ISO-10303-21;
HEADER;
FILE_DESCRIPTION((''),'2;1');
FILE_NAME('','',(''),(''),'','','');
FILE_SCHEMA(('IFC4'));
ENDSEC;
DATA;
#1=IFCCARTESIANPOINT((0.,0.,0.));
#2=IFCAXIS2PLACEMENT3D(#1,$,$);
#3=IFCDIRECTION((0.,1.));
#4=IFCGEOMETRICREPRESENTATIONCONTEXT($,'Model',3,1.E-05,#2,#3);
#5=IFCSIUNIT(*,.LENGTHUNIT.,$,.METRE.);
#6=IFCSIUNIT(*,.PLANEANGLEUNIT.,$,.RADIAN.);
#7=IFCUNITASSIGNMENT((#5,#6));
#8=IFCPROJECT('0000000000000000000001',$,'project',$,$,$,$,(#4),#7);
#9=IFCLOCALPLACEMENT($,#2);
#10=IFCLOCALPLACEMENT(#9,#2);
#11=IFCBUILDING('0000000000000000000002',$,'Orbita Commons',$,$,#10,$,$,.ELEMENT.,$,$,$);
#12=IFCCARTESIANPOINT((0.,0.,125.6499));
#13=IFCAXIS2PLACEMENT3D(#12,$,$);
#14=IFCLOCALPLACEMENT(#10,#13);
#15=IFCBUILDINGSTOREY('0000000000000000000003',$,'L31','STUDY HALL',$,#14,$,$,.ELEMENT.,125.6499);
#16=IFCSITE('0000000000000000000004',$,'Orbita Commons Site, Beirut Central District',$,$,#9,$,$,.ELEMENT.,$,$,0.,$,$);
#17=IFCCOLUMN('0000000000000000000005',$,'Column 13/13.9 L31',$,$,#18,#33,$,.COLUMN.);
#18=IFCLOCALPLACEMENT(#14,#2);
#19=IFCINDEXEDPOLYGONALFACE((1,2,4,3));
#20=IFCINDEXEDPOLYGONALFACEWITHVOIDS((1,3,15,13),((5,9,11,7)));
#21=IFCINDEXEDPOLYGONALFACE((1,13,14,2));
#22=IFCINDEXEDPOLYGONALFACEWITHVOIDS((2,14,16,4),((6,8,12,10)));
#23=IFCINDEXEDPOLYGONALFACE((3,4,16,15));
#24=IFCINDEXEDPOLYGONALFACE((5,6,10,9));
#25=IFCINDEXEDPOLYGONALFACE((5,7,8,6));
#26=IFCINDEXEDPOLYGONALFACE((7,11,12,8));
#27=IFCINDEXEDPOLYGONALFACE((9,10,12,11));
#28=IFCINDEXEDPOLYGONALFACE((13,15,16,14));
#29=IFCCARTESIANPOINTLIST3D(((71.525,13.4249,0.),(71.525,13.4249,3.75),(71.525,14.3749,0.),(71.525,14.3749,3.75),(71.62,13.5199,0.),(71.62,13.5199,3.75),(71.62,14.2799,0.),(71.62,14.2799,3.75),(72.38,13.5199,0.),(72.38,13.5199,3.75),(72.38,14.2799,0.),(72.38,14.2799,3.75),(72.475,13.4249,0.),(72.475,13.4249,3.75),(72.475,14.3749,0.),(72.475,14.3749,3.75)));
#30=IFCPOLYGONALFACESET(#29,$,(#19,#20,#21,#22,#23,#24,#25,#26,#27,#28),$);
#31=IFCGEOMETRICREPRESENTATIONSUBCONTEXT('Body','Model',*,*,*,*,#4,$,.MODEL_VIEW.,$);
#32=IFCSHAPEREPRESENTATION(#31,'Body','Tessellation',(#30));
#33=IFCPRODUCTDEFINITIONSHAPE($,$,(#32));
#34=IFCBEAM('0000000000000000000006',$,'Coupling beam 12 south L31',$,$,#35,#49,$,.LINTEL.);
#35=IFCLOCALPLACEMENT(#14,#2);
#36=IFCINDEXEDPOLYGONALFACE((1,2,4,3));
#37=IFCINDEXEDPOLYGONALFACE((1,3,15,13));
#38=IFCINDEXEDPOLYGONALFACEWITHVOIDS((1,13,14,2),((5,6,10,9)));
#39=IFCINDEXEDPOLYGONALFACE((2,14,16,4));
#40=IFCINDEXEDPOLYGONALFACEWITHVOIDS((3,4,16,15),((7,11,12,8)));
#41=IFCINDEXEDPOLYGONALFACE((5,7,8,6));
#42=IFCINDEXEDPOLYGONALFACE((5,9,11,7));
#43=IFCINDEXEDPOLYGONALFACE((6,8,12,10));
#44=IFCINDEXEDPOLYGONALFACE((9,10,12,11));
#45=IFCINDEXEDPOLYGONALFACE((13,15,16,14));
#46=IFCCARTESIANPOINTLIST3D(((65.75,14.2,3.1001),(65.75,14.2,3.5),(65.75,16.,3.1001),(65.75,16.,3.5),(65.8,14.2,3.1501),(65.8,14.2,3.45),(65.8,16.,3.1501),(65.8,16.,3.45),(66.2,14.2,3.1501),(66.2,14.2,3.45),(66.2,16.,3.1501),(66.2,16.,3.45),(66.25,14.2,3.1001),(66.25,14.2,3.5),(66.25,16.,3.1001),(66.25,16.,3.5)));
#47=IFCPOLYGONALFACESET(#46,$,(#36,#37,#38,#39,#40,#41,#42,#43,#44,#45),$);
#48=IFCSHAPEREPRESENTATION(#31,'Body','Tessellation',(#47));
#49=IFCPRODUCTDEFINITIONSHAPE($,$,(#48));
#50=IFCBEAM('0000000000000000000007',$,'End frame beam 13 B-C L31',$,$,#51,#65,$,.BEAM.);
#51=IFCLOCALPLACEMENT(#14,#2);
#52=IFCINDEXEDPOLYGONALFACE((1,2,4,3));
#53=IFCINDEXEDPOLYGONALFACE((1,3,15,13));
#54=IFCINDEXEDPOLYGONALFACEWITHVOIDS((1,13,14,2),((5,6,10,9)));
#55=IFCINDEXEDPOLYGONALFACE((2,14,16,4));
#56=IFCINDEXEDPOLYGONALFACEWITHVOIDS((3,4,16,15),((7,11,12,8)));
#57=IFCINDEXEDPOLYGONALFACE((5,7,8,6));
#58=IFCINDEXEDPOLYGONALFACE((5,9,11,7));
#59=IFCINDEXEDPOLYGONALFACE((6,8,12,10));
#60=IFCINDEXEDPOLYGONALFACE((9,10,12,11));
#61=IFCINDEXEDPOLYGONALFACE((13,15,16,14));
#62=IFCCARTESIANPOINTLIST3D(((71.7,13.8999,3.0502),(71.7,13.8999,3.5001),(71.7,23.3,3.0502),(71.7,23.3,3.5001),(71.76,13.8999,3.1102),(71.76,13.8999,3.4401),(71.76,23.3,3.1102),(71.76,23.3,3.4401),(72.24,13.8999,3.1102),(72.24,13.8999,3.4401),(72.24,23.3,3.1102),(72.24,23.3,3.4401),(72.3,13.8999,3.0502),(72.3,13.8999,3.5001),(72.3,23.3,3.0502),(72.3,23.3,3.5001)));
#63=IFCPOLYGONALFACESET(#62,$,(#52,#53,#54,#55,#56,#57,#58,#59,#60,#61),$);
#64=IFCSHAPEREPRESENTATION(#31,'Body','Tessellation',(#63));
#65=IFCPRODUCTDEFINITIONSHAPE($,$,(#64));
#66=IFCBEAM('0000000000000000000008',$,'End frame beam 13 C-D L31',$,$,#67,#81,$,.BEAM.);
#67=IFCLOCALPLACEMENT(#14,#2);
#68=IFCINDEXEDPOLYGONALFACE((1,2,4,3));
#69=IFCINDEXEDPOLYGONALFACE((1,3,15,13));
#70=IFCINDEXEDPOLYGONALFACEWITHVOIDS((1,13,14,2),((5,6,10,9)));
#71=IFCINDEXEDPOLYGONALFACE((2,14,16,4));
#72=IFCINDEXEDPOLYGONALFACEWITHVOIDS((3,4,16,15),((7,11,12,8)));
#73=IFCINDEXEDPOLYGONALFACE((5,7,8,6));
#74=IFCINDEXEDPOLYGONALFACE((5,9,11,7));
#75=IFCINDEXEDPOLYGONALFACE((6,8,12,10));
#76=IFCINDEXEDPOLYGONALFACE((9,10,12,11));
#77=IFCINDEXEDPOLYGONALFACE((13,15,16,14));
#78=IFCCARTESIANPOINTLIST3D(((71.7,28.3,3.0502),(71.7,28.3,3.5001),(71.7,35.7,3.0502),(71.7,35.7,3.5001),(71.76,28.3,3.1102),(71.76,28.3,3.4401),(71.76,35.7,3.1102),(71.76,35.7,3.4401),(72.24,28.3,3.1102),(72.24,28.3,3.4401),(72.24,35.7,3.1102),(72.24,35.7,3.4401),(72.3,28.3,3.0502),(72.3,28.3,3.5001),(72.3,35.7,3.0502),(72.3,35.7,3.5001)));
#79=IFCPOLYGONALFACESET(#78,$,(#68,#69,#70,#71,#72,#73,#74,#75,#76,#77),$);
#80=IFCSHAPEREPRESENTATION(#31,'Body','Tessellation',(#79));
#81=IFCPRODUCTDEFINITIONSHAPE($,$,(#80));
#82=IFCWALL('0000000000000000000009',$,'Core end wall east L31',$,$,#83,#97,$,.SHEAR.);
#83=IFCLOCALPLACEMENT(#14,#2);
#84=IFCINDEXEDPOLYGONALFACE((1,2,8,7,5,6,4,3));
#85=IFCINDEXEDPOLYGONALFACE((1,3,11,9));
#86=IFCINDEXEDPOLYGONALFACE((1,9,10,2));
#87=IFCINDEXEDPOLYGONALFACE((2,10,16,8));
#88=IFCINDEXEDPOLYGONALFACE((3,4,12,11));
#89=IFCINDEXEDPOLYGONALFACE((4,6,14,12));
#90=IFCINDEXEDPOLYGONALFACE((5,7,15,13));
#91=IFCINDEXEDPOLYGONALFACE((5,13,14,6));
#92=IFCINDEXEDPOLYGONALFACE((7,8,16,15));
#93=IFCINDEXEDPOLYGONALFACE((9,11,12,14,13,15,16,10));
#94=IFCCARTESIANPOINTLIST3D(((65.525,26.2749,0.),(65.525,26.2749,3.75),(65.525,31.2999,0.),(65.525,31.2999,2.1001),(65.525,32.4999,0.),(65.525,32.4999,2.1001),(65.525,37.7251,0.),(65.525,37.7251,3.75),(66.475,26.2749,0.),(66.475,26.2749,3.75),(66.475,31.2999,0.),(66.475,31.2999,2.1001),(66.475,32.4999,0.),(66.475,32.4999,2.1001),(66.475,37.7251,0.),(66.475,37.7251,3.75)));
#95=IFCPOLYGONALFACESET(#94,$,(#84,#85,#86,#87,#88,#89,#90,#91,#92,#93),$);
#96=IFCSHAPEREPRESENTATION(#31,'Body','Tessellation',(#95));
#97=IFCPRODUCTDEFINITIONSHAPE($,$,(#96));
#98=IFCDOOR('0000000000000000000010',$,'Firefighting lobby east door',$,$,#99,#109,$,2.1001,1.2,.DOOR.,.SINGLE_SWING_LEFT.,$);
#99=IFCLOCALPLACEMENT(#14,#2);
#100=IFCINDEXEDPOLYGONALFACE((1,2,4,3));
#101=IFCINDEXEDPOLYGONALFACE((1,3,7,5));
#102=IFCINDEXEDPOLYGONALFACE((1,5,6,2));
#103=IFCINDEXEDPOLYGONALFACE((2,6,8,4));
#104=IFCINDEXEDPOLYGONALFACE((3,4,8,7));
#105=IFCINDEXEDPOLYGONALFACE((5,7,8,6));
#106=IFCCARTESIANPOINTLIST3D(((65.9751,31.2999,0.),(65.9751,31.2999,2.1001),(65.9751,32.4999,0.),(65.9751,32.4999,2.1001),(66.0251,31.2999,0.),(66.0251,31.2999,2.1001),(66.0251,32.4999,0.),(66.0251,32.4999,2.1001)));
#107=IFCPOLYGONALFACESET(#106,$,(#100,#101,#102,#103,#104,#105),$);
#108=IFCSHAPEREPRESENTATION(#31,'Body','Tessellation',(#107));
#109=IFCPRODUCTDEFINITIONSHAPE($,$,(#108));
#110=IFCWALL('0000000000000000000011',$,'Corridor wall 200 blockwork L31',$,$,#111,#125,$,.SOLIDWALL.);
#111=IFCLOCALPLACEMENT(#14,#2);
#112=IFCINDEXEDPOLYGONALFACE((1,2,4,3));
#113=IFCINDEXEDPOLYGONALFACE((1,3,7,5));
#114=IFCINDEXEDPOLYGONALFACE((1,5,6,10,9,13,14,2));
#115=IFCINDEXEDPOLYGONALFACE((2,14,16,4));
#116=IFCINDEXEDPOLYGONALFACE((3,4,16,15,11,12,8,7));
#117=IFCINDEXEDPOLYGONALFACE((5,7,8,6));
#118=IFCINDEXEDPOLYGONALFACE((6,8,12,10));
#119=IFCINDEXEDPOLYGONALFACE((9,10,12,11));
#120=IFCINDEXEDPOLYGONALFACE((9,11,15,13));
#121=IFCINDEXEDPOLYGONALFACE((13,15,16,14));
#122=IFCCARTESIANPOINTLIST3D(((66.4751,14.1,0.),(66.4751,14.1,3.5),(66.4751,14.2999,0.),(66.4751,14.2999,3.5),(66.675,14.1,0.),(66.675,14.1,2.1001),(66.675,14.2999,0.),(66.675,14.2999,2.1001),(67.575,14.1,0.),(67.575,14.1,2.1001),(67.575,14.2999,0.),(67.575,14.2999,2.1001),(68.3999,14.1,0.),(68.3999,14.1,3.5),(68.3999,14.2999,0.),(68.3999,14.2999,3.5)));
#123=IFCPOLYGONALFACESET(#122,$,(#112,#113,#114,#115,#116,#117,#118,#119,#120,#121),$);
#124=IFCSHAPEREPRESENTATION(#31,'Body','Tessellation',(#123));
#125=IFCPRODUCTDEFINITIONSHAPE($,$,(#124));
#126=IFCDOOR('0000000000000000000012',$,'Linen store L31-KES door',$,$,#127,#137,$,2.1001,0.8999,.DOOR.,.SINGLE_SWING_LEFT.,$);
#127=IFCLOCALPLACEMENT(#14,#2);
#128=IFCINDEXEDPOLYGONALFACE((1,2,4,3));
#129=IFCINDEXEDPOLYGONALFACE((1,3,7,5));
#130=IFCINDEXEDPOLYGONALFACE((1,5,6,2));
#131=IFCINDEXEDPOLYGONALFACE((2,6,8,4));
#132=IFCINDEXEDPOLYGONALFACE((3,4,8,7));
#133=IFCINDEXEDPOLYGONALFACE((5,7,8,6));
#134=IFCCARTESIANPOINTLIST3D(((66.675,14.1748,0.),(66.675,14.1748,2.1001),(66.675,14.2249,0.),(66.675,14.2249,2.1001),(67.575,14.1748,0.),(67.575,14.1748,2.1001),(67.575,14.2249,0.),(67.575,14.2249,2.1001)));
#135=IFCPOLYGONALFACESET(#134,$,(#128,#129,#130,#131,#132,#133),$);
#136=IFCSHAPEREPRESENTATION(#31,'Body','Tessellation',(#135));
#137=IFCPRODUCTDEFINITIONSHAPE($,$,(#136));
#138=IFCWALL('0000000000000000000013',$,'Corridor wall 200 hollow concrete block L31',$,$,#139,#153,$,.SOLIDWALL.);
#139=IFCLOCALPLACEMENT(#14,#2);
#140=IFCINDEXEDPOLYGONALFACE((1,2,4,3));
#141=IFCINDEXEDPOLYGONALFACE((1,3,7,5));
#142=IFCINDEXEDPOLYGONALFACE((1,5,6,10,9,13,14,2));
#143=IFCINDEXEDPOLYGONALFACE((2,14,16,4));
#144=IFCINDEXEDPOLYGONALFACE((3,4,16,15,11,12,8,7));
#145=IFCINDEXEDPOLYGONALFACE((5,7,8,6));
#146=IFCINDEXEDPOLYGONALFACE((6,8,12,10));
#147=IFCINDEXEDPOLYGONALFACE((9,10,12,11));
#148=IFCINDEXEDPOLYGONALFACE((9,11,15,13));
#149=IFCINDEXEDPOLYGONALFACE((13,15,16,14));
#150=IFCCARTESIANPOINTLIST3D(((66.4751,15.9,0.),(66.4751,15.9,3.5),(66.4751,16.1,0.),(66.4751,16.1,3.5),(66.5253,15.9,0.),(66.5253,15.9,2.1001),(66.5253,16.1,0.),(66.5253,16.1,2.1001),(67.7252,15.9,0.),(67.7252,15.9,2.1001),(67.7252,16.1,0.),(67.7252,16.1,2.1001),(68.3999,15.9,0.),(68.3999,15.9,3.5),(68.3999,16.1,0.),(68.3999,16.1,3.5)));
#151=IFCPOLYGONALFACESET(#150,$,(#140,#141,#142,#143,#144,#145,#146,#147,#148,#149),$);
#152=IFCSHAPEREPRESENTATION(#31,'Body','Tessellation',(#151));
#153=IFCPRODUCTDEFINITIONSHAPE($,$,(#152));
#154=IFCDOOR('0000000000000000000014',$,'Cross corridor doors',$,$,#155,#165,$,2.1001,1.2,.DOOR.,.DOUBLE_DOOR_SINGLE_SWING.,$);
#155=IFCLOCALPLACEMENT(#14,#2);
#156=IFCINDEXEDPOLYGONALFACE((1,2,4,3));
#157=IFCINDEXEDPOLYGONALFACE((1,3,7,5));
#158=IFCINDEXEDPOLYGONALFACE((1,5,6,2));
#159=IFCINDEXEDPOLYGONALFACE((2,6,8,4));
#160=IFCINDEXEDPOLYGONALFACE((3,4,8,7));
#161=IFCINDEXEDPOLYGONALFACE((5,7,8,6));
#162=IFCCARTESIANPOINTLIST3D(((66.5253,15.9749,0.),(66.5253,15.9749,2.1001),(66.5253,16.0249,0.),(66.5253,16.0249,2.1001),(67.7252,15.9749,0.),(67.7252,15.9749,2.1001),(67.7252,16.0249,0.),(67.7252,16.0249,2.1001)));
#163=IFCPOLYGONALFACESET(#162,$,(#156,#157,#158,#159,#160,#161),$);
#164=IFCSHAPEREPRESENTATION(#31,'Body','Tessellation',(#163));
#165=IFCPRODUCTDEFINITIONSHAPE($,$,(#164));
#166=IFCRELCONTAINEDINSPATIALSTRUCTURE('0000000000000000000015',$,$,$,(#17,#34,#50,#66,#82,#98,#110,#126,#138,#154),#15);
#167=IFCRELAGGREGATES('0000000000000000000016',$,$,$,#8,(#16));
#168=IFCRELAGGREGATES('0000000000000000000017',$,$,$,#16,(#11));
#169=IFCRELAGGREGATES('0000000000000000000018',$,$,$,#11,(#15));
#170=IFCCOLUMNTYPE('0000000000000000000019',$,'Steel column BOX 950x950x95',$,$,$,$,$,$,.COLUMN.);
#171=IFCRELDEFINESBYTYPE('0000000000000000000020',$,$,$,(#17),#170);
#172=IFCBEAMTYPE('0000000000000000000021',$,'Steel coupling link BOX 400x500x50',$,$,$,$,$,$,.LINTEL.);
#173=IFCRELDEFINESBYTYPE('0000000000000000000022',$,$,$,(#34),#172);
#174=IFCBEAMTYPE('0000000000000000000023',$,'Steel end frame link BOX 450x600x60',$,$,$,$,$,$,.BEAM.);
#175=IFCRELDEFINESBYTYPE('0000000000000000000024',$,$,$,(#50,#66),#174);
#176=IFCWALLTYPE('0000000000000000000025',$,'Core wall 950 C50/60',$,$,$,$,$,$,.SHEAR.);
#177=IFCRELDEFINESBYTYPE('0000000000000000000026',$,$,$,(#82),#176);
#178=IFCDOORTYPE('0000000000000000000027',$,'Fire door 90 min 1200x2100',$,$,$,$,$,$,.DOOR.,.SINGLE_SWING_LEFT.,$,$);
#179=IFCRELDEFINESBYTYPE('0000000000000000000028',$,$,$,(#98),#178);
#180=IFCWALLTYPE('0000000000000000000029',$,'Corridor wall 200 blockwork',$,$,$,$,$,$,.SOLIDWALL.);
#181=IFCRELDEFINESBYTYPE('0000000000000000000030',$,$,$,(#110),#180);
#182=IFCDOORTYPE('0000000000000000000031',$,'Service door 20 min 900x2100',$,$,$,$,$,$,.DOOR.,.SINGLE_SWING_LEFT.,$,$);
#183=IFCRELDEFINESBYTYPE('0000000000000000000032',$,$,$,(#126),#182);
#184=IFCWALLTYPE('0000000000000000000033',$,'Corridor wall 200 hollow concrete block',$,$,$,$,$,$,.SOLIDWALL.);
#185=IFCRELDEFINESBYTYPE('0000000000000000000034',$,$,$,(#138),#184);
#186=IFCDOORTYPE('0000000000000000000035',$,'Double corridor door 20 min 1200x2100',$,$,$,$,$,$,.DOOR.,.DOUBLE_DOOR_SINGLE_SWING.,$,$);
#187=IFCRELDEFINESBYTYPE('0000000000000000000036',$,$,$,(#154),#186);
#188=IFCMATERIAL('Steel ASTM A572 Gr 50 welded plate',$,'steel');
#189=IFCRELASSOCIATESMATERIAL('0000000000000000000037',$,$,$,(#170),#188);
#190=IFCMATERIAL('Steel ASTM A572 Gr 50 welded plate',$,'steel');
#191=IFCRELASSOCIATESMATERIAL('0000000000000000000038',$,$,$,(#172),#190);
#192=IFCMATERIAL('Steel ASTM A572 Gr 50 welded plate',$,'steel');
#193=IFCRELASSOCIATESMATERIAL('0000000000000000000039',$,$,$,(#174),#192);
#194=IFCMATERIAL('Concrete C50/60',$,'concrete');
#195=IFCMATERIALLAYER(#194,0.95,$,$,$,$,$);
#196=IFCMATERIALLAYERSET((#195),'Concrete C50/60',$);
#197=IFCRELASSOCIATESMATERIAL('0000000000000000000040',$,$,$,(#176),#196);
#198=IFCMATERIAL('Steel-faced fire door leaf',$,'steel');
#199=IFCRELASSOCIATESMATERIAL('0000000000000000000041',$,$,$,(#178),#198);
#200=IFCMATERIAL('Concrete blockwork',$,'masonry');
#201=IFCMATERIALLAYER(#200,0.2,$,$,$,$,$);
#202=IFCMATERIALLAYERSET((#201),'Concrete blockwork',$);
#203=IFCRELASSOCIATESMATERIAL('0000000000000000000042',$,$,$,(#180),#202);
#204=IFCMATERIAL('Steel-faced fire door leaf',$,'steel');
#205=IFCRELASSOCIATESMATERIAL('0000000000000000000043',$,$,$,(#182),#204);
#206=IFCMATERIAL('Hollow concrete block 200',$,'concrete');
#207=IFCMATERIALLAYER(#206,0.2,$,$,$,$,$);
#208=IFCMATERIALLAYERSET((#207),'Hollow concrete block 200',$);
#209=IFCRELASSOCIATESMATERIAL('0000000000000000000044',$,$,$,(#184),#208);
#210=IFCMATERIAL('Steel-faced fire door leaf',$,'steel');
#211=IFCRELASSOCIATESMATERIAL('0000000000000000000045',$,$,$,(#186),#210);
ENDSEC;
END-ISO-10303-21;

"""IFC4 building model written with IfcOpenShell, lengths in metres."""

from ifc_helpers import new_model, si_unit, direction, frame, frame_2d, origin, origin_2d, place, context, subcontext, project, spatial, rectangle, hollow_rectangle, extrude, material, layer, layer_set, material_profile, profile_set, type_object, element, fill, save


model = new_model("IFC4")

# Units and contexts
model_context = context("Model", 3, precision=1e-05, world=origin(), true_north=direction((0.0, 1.0)))
body_context = subcontext(model_context, "Body", "Model", "MODEL_VIEW")
ifc_project = project(units=[si_unit("LENGTHUNIT", "METRE"), si_unit("PLANEANGLEUNIT", "RADIAN")], contexts=[model_context])

# Site, building, storey
site_placement = place(None, origin())
site = spatial("IfcSite", under=ifc_project, at=site_placement, Name="Orbita Commons Site, Beirut Central District", CompositionType="ELEMENT", RefElevation=0.0)
building_placement = place(site_placement, origin())
building = spatial("IfcBuilding", under=site, at=building_placement, Name="Orbita Commons", CompositionType="ELEMENT")
storey_placement = place(building_placement, frame((0.0, 0.0, 125.6499)))
storey = spatial("IfcBuildingStorey", under=building, at=storey_placement, Name="L31", Description="STUDY HALL", CompositionType="ELEMENT", Elevation=125.6499)

# Column
ifc_material_1 = material(Name="Steel ASTM A572 Gr 50 welded plate", Category="steel")
ifc_material_profile_1 = material_profile(ifc_material_1, hollow_rectangle(XDim=0.95, YDim=0.95, WallThickness=0.095, at=origin_2d()), Name="BOX 950x950x95")
ifc_profile_set_1 = profile_set([ifc_material_profile_1], Name="Steel ASTM A572 Gr 50 welded plate")
column_type = type_object("IfcColumnType", Name="Steel column BOX 950x950x95", PredefinedType="COLUMN", material=ifc_profile_set_1)
column_placement = place(storey_placement, frame((72.0, 13.8999, 0.0), z_axis=(0.0, 0.0, 1.0), x_axis=(1.0, 0.0, 0.0)))
element("IfcColumn", 1, at=column_placement, inside=storey, type_object=column_type, Name="Column 13/13.9 L31", PredefinedType="COLUMN", context=body_context, shape_type="SweptSolid", body=[
    extrude(hollow_rectangle(XDim=0.95, YDim=0.95, WallThickness=0.095, at=origin_2d()), origin(), (0.0, 0.0, 1.0), 3.75),
])

# Beams
ifc_material_2 = material(Name="Steel ASTM A572 Gr 50 welded plate", Category="steel")
ifc_material_profile_2 = material_profile(ifc_material_2, hollow_rectangle(XDim=0.5, YDim=0.3999, WallThickness=0.05, at=origin_2d()), Name="BOX 400x500x50")
ifc_profile_set_2 = profile_set([ifc_material_profile_2], Name="Steel ASTM A572 Gr 50 welded plate")
beam_type_1 = type_object("IfcBeamType", Name="Steel coupling link BOX 400x500x50", PredefinedType="LINTEL", material=ifc_profile_set_2)
beam_1_placement = place(storey_placement, frame((66.0, 14.2, 3.3), z_axis=(0.0, 1.0, 0.0), x_axis=(-1.0, 0.0, 0.0)))
element("IfcBeam", 2, at=beam_1_placement, inside=storey, type_object=beam_type_1, Name="Coupling beam 12 south L31", PredefinedType="LINTEL", context=body_context, shape_type="SweptSolid", body=[
    extrude(hollow_rectangle(XDim=0.5, YDim=0.3999, WallThickness=0.05, at=origin_2d()), origin(), (0.0, 0.0, 1.0), 1.8),
])
ifc_material_3 = material(Name="Steel ASTM A572 Gr 50 welded plate", Category="steel")
ifc_material_profile_3 = material_profile(ifc_material_3, hollow_rectangle(XDim=0.6001, YDim=0.45, WallThickness=0.0601, at=origin_2d()), Name="BOX 450x600x60")
ifc_profile_set_3 = profile_set([ifc_material_profile_3], Name="Steel ASTM A572 Gr 50 welded plate")
beam_type_2 = type_object("IfcBeamType", Name="Steel end frame link BOX 450x600x60", PredefinedType="BEAM", material=ifc_profile_set_3)
beam_2_placement = place(storey_placement, frame((72.0, 13.8999, 3.2751), z_axis=(0.0, 1.0, 0.0), x_axis=(-1.0, 0.0, 0.0)))
element("IfcBeam", 3, at=beam_2_placement, inside=storey, type_object=beam_type_2, Name="End frame beam 13 B-C L31", PredefinedType="BEAM", context=body_context, shape_type="SweptSolid", body=[
    extrude(hollow_rectangle(XDim=0.6001, YDim=0.45, WallThickness=0.0601, at=origin_2d()), origin(), (0.0, 0.0, 1.0), 9.4001),
])
beam_3_placement = place(storey_placement, frame((72.0, 28.3, 3.2751), z_axis=(0.0, 1.0, 0.0), x_axis=(-1.0, 0.0, 0.0)))
element("IfcBeam", 4, at=beam_3_placement, inside=storey, type_object=beam_type_2, Name="End frame beam 13 C-D L31", PredefinedType="BEAM", context=body_context, shape_type="SweptSolid", body=[
    extrude(hollow_rectangle(XDim=0.6001, YDim=0.45, WallThickness=0.0601, at=origin_2d()), origin(), (0.0, 0.0, 1.0), 7.3999),
])

# Walls, openings, doors
ifc_material_4 = material(Name="Concrete C50/60", Category="concrete")
ifc_layer_1 = layer(ifc_material_4, 0.95)
ifc_layer_set_1 = layer_set([ifc_layer_1], Name="Concrete C50/60")
wall_type_1 = type_object("IfcWallType", Name="Core wall 950 C50/60", PredefinedType="SHEAR", material=ifc_layer_set_1)
wall_1_placement = place(storey_placement, frame((66.0, 26.2749, 0.0), z_axis=(0.0, 0.0, 1.0), x_axis=(0.0, 1.0, 0.0)))
wall_1 = element("IfcWall", 5, at=wall_1_placement, inside=storey, type_object=wall_type_1, Name="Core end wall east L31", PredefinedType="SHEAR", context=body_context, shape_type="SweptSolid", body=[
    extrude(rectangle(XDim=11.4502, YDim=0.95, at=frame_2d((5.7251, 0.0))), origin(), (0.0, 0.0, 1.0), 3.75),
])
opening_1_placement = place(wall_1_placement, frame((5.0249, 0.0, 0.0)))
opening_1 = element("IfcOpeningElement", 6, at=opening_1_placement, cuts=wall_1, PredefinedType="OPENING", context=body_context, shape_type="SweptSolid", body=[
    extrude(rectangle(XDim=1.2, YDim=2.1001, at=frame_2d((0.6001, 1.05))), frame((0.0, 0.4849, 0.0), z_axis=(0.0, -1.0, 0.0), x_axis=(1.0, 0.0, 0.0)), (0.0, 0.0, 1.0), 0.97),
])
ifc_material_5 = material(Name="Steel-faced fire door leaf", Category="steel")
door_type_1 = type_object("IfcDoorType", Name="Fire door 90 min 1200x2100", OperationType="SINGLE_SWING_LEFT", PredefinedType="DOOR", material=ifc_material_5)
door_1_placement = place(opening_1_placement, origin())
door_1 = element("IfcDoor", 7, at=door_1_placement, inside=storey, type_object=door_type_1, Name="Firefighting lobby east door", OperationType="SINGLE_SWING_LEFT", OverallHeight=2.1001, OverallWidth=1.2, PredefinedType="DOOR", context=body_context, shape_type="SweptSolid", body=[
    extrude(rectangle(XDim=1.2, YDim=2.1001, at=frame_2d((0.6001, 1.05))), frame((0.0, 0.0249, 0.0), z_axis=(0.0, -1.0, 0.0), x_axis=(1.0, 0.0, 0.0)), (0.0, 0.0, 1.0), 0.05),
])
fill(opening_1, door_1)
ifc_material_6 = material(Name="Concrete blockwork", Category="masonry")
ifc_layer_2 = layer(ifc_material_6, 0.2)
ifc_layer_set_2 = layer_set([ifc_layer_2], Name="Concrete blockwork")
wall_type_2 = type_object("IfcWallType", Name="Corridor wall 200 blockwork", PredefinedType="SOLIDWALL", material=ifc_layer_set_2)
wall_2_placement = place(storey_placement, frame((66.4751, 14.2, 0.0), z_axis=(0.0, 0.0, 1.0), x_axis=(1.0, 0.0, 0.0)))
wall_2 = element("IfcWall", 8, at=wall_2_placement, inside=storey, type_object=wall_type_2, Name="Corridor wall 200 blockwork L31", PredefinedType="SOLIDWALL", context=body_context, shape_type="SweptSolid", body=[
    extrude(rectangle(XDim=1.9248, YDim=0.2, at=frame_2d((0.9624, 0.0))), origin(), (0.0, 0.0, 1.0), 3.5),
])
opening_2_placement = place(wall_2_placement, frame((0.2, 0.0, 0.0)))
opening_2 = element("IfcOpeningElement", 9, at=opening_2_placement, cuts=wall_2, PredefinedType="OPENING", context=body_context, shape_type="SweptSolid", body=[
    extrude(rectangle(XDim=0.8999, YDim=2.1001, at=frame_2d((0.45, 1.05))), frame((0.0, 0.1099, 0.0), z_axis=(0.0, -1.0, 0.0), x_axis=(1.0, 0.0, 0.0)), (0.0, 0.0, 1.0), 0.22),
])
ifc_material_7 = material(Name="Steel-faced fire door leaf", Category="steel")
door_type_2 = type_object("IfcDoorType", Name="Service door 20 min 900x2100", OperationType="SINGLE_SWING_LEFT", PredefinedType="DOOR", material=ifc_material_7)
door_2_placement = place(opening_2_placement, origin())
door_2 = element("IfcDoor", 10, at=door_2_placement, inside=storey, type_object=door_type_2, Name="Linen store L31-KES door", OperationType="SINGLE_SWING_LEFT", OverallHeight=2.1001, OverallWidth=0.8999, PredefinedType="DOOR", context=body_context, shape_type="SweptSolid", body=[
    extrude(rectangle(XDim=0.8999, YDim=2.1001, at=frame_2d((0.45, 1.05))), frame((0.0, 0.0249, 0.0), z_axis=(0.0, -1.0, 0.0), x_axis=(1.0, 0.0, 0.0)), (0.0, 0.0, 1.0), 0.05),
])
fill(opening_2, door_2)
ifc_material_8 = material(Name="Hollow concrete block 200", Category="concrete")
ifc_layer_3 = layer(ifc_material_8, 0.2)
ifc_layer_set_3 = layer_set([ifc_layer_3], Name="Hollow concrete block 200")
wall_type_3 = type_object("IfcWallType", Name="Corridor wall 200 hollow concrete block", PredefinedType="SOLIDWALL", material=ifc_layer_set_3)
wall_3_placement = place(storey_placement, frame((66.4751, 16.0, 0.0), z_axis=(0.0, 0.0, 1.0), x_axis=(1.0, 0.0, 0.0)))
wall_3 = element("IfcWall", 11, at=wall_3_placement, inside=storey, type_object=wall_type_3, Name="Corridor wall 200 hollow concrete block L31", PredefinedType="SOLIDWALL", context=body_context, shape_type="SweptSolid", body=[
    extrude(rectangle(XDim=1.9248, YDim=0.2, at=frame_2d((0.9624, 0.0))), origin(), (0.0, 0.0, 1.0), 3.5),
])
opening_3_placement = place(wall_3_placement, frame((0.05, 0.0, 0.0)))
opening_3 = element("IfcOpeningElement", 12, at=opening_3_placement, cuts=wall_3, PredefinedType="OPENING", context=body_context, shape_type="SweptSolid", body=[
    extrude(rectangle(XDim=1.2, YDim=2.1001, at=frame_2d((0.6001, 1.05))), frame((0.0, 0.1099, 0.0), z_axis=(0.0, -1.0, 0.0), x_axis=(1.0, 0.0, 0.0)), (0.0, 0.0, 1.0), 0.22),
])
ifc_material_9 = material(Name="Steel-faced fire door leaf", Category="steel")
door_type_3 = type_object("IfcDoorType", Name="Double corridor door 20 min 1200x2100", OperationType="DOUBLE_DOOR_SINGLE_SWING", PredefinedType="DOOR", material=ifc_material_9)
door_3_placement = place(opening_3_placement, origin())
door_3 = element("IfcDoor", 13, at=door_3_placement, inside=storey, type_object=door_type_3, Name="Cross corridor doors", OperationType="DOUBLE_DOOR_SINGLE_SWING", OverallHeight=2.1001, OverallWidth=1.2, PredefinedType="DOOR", context=body_context, shape_type="SweptSolid", body=[
    extrude(rectangle(XDim=1.2, YDim=2.1001, at=frame_2d((0.6001, 1.05))), frame((0.0, 0.0249, 0.0), z_axis=(0.0, -1.0, 0.0), x_axis=(1.0, 0.0, 0.0)), (0.0, 0.0, 1.0), 0.05),
])
fill(opening_3, door_3)

save(model, "model.ifc")
